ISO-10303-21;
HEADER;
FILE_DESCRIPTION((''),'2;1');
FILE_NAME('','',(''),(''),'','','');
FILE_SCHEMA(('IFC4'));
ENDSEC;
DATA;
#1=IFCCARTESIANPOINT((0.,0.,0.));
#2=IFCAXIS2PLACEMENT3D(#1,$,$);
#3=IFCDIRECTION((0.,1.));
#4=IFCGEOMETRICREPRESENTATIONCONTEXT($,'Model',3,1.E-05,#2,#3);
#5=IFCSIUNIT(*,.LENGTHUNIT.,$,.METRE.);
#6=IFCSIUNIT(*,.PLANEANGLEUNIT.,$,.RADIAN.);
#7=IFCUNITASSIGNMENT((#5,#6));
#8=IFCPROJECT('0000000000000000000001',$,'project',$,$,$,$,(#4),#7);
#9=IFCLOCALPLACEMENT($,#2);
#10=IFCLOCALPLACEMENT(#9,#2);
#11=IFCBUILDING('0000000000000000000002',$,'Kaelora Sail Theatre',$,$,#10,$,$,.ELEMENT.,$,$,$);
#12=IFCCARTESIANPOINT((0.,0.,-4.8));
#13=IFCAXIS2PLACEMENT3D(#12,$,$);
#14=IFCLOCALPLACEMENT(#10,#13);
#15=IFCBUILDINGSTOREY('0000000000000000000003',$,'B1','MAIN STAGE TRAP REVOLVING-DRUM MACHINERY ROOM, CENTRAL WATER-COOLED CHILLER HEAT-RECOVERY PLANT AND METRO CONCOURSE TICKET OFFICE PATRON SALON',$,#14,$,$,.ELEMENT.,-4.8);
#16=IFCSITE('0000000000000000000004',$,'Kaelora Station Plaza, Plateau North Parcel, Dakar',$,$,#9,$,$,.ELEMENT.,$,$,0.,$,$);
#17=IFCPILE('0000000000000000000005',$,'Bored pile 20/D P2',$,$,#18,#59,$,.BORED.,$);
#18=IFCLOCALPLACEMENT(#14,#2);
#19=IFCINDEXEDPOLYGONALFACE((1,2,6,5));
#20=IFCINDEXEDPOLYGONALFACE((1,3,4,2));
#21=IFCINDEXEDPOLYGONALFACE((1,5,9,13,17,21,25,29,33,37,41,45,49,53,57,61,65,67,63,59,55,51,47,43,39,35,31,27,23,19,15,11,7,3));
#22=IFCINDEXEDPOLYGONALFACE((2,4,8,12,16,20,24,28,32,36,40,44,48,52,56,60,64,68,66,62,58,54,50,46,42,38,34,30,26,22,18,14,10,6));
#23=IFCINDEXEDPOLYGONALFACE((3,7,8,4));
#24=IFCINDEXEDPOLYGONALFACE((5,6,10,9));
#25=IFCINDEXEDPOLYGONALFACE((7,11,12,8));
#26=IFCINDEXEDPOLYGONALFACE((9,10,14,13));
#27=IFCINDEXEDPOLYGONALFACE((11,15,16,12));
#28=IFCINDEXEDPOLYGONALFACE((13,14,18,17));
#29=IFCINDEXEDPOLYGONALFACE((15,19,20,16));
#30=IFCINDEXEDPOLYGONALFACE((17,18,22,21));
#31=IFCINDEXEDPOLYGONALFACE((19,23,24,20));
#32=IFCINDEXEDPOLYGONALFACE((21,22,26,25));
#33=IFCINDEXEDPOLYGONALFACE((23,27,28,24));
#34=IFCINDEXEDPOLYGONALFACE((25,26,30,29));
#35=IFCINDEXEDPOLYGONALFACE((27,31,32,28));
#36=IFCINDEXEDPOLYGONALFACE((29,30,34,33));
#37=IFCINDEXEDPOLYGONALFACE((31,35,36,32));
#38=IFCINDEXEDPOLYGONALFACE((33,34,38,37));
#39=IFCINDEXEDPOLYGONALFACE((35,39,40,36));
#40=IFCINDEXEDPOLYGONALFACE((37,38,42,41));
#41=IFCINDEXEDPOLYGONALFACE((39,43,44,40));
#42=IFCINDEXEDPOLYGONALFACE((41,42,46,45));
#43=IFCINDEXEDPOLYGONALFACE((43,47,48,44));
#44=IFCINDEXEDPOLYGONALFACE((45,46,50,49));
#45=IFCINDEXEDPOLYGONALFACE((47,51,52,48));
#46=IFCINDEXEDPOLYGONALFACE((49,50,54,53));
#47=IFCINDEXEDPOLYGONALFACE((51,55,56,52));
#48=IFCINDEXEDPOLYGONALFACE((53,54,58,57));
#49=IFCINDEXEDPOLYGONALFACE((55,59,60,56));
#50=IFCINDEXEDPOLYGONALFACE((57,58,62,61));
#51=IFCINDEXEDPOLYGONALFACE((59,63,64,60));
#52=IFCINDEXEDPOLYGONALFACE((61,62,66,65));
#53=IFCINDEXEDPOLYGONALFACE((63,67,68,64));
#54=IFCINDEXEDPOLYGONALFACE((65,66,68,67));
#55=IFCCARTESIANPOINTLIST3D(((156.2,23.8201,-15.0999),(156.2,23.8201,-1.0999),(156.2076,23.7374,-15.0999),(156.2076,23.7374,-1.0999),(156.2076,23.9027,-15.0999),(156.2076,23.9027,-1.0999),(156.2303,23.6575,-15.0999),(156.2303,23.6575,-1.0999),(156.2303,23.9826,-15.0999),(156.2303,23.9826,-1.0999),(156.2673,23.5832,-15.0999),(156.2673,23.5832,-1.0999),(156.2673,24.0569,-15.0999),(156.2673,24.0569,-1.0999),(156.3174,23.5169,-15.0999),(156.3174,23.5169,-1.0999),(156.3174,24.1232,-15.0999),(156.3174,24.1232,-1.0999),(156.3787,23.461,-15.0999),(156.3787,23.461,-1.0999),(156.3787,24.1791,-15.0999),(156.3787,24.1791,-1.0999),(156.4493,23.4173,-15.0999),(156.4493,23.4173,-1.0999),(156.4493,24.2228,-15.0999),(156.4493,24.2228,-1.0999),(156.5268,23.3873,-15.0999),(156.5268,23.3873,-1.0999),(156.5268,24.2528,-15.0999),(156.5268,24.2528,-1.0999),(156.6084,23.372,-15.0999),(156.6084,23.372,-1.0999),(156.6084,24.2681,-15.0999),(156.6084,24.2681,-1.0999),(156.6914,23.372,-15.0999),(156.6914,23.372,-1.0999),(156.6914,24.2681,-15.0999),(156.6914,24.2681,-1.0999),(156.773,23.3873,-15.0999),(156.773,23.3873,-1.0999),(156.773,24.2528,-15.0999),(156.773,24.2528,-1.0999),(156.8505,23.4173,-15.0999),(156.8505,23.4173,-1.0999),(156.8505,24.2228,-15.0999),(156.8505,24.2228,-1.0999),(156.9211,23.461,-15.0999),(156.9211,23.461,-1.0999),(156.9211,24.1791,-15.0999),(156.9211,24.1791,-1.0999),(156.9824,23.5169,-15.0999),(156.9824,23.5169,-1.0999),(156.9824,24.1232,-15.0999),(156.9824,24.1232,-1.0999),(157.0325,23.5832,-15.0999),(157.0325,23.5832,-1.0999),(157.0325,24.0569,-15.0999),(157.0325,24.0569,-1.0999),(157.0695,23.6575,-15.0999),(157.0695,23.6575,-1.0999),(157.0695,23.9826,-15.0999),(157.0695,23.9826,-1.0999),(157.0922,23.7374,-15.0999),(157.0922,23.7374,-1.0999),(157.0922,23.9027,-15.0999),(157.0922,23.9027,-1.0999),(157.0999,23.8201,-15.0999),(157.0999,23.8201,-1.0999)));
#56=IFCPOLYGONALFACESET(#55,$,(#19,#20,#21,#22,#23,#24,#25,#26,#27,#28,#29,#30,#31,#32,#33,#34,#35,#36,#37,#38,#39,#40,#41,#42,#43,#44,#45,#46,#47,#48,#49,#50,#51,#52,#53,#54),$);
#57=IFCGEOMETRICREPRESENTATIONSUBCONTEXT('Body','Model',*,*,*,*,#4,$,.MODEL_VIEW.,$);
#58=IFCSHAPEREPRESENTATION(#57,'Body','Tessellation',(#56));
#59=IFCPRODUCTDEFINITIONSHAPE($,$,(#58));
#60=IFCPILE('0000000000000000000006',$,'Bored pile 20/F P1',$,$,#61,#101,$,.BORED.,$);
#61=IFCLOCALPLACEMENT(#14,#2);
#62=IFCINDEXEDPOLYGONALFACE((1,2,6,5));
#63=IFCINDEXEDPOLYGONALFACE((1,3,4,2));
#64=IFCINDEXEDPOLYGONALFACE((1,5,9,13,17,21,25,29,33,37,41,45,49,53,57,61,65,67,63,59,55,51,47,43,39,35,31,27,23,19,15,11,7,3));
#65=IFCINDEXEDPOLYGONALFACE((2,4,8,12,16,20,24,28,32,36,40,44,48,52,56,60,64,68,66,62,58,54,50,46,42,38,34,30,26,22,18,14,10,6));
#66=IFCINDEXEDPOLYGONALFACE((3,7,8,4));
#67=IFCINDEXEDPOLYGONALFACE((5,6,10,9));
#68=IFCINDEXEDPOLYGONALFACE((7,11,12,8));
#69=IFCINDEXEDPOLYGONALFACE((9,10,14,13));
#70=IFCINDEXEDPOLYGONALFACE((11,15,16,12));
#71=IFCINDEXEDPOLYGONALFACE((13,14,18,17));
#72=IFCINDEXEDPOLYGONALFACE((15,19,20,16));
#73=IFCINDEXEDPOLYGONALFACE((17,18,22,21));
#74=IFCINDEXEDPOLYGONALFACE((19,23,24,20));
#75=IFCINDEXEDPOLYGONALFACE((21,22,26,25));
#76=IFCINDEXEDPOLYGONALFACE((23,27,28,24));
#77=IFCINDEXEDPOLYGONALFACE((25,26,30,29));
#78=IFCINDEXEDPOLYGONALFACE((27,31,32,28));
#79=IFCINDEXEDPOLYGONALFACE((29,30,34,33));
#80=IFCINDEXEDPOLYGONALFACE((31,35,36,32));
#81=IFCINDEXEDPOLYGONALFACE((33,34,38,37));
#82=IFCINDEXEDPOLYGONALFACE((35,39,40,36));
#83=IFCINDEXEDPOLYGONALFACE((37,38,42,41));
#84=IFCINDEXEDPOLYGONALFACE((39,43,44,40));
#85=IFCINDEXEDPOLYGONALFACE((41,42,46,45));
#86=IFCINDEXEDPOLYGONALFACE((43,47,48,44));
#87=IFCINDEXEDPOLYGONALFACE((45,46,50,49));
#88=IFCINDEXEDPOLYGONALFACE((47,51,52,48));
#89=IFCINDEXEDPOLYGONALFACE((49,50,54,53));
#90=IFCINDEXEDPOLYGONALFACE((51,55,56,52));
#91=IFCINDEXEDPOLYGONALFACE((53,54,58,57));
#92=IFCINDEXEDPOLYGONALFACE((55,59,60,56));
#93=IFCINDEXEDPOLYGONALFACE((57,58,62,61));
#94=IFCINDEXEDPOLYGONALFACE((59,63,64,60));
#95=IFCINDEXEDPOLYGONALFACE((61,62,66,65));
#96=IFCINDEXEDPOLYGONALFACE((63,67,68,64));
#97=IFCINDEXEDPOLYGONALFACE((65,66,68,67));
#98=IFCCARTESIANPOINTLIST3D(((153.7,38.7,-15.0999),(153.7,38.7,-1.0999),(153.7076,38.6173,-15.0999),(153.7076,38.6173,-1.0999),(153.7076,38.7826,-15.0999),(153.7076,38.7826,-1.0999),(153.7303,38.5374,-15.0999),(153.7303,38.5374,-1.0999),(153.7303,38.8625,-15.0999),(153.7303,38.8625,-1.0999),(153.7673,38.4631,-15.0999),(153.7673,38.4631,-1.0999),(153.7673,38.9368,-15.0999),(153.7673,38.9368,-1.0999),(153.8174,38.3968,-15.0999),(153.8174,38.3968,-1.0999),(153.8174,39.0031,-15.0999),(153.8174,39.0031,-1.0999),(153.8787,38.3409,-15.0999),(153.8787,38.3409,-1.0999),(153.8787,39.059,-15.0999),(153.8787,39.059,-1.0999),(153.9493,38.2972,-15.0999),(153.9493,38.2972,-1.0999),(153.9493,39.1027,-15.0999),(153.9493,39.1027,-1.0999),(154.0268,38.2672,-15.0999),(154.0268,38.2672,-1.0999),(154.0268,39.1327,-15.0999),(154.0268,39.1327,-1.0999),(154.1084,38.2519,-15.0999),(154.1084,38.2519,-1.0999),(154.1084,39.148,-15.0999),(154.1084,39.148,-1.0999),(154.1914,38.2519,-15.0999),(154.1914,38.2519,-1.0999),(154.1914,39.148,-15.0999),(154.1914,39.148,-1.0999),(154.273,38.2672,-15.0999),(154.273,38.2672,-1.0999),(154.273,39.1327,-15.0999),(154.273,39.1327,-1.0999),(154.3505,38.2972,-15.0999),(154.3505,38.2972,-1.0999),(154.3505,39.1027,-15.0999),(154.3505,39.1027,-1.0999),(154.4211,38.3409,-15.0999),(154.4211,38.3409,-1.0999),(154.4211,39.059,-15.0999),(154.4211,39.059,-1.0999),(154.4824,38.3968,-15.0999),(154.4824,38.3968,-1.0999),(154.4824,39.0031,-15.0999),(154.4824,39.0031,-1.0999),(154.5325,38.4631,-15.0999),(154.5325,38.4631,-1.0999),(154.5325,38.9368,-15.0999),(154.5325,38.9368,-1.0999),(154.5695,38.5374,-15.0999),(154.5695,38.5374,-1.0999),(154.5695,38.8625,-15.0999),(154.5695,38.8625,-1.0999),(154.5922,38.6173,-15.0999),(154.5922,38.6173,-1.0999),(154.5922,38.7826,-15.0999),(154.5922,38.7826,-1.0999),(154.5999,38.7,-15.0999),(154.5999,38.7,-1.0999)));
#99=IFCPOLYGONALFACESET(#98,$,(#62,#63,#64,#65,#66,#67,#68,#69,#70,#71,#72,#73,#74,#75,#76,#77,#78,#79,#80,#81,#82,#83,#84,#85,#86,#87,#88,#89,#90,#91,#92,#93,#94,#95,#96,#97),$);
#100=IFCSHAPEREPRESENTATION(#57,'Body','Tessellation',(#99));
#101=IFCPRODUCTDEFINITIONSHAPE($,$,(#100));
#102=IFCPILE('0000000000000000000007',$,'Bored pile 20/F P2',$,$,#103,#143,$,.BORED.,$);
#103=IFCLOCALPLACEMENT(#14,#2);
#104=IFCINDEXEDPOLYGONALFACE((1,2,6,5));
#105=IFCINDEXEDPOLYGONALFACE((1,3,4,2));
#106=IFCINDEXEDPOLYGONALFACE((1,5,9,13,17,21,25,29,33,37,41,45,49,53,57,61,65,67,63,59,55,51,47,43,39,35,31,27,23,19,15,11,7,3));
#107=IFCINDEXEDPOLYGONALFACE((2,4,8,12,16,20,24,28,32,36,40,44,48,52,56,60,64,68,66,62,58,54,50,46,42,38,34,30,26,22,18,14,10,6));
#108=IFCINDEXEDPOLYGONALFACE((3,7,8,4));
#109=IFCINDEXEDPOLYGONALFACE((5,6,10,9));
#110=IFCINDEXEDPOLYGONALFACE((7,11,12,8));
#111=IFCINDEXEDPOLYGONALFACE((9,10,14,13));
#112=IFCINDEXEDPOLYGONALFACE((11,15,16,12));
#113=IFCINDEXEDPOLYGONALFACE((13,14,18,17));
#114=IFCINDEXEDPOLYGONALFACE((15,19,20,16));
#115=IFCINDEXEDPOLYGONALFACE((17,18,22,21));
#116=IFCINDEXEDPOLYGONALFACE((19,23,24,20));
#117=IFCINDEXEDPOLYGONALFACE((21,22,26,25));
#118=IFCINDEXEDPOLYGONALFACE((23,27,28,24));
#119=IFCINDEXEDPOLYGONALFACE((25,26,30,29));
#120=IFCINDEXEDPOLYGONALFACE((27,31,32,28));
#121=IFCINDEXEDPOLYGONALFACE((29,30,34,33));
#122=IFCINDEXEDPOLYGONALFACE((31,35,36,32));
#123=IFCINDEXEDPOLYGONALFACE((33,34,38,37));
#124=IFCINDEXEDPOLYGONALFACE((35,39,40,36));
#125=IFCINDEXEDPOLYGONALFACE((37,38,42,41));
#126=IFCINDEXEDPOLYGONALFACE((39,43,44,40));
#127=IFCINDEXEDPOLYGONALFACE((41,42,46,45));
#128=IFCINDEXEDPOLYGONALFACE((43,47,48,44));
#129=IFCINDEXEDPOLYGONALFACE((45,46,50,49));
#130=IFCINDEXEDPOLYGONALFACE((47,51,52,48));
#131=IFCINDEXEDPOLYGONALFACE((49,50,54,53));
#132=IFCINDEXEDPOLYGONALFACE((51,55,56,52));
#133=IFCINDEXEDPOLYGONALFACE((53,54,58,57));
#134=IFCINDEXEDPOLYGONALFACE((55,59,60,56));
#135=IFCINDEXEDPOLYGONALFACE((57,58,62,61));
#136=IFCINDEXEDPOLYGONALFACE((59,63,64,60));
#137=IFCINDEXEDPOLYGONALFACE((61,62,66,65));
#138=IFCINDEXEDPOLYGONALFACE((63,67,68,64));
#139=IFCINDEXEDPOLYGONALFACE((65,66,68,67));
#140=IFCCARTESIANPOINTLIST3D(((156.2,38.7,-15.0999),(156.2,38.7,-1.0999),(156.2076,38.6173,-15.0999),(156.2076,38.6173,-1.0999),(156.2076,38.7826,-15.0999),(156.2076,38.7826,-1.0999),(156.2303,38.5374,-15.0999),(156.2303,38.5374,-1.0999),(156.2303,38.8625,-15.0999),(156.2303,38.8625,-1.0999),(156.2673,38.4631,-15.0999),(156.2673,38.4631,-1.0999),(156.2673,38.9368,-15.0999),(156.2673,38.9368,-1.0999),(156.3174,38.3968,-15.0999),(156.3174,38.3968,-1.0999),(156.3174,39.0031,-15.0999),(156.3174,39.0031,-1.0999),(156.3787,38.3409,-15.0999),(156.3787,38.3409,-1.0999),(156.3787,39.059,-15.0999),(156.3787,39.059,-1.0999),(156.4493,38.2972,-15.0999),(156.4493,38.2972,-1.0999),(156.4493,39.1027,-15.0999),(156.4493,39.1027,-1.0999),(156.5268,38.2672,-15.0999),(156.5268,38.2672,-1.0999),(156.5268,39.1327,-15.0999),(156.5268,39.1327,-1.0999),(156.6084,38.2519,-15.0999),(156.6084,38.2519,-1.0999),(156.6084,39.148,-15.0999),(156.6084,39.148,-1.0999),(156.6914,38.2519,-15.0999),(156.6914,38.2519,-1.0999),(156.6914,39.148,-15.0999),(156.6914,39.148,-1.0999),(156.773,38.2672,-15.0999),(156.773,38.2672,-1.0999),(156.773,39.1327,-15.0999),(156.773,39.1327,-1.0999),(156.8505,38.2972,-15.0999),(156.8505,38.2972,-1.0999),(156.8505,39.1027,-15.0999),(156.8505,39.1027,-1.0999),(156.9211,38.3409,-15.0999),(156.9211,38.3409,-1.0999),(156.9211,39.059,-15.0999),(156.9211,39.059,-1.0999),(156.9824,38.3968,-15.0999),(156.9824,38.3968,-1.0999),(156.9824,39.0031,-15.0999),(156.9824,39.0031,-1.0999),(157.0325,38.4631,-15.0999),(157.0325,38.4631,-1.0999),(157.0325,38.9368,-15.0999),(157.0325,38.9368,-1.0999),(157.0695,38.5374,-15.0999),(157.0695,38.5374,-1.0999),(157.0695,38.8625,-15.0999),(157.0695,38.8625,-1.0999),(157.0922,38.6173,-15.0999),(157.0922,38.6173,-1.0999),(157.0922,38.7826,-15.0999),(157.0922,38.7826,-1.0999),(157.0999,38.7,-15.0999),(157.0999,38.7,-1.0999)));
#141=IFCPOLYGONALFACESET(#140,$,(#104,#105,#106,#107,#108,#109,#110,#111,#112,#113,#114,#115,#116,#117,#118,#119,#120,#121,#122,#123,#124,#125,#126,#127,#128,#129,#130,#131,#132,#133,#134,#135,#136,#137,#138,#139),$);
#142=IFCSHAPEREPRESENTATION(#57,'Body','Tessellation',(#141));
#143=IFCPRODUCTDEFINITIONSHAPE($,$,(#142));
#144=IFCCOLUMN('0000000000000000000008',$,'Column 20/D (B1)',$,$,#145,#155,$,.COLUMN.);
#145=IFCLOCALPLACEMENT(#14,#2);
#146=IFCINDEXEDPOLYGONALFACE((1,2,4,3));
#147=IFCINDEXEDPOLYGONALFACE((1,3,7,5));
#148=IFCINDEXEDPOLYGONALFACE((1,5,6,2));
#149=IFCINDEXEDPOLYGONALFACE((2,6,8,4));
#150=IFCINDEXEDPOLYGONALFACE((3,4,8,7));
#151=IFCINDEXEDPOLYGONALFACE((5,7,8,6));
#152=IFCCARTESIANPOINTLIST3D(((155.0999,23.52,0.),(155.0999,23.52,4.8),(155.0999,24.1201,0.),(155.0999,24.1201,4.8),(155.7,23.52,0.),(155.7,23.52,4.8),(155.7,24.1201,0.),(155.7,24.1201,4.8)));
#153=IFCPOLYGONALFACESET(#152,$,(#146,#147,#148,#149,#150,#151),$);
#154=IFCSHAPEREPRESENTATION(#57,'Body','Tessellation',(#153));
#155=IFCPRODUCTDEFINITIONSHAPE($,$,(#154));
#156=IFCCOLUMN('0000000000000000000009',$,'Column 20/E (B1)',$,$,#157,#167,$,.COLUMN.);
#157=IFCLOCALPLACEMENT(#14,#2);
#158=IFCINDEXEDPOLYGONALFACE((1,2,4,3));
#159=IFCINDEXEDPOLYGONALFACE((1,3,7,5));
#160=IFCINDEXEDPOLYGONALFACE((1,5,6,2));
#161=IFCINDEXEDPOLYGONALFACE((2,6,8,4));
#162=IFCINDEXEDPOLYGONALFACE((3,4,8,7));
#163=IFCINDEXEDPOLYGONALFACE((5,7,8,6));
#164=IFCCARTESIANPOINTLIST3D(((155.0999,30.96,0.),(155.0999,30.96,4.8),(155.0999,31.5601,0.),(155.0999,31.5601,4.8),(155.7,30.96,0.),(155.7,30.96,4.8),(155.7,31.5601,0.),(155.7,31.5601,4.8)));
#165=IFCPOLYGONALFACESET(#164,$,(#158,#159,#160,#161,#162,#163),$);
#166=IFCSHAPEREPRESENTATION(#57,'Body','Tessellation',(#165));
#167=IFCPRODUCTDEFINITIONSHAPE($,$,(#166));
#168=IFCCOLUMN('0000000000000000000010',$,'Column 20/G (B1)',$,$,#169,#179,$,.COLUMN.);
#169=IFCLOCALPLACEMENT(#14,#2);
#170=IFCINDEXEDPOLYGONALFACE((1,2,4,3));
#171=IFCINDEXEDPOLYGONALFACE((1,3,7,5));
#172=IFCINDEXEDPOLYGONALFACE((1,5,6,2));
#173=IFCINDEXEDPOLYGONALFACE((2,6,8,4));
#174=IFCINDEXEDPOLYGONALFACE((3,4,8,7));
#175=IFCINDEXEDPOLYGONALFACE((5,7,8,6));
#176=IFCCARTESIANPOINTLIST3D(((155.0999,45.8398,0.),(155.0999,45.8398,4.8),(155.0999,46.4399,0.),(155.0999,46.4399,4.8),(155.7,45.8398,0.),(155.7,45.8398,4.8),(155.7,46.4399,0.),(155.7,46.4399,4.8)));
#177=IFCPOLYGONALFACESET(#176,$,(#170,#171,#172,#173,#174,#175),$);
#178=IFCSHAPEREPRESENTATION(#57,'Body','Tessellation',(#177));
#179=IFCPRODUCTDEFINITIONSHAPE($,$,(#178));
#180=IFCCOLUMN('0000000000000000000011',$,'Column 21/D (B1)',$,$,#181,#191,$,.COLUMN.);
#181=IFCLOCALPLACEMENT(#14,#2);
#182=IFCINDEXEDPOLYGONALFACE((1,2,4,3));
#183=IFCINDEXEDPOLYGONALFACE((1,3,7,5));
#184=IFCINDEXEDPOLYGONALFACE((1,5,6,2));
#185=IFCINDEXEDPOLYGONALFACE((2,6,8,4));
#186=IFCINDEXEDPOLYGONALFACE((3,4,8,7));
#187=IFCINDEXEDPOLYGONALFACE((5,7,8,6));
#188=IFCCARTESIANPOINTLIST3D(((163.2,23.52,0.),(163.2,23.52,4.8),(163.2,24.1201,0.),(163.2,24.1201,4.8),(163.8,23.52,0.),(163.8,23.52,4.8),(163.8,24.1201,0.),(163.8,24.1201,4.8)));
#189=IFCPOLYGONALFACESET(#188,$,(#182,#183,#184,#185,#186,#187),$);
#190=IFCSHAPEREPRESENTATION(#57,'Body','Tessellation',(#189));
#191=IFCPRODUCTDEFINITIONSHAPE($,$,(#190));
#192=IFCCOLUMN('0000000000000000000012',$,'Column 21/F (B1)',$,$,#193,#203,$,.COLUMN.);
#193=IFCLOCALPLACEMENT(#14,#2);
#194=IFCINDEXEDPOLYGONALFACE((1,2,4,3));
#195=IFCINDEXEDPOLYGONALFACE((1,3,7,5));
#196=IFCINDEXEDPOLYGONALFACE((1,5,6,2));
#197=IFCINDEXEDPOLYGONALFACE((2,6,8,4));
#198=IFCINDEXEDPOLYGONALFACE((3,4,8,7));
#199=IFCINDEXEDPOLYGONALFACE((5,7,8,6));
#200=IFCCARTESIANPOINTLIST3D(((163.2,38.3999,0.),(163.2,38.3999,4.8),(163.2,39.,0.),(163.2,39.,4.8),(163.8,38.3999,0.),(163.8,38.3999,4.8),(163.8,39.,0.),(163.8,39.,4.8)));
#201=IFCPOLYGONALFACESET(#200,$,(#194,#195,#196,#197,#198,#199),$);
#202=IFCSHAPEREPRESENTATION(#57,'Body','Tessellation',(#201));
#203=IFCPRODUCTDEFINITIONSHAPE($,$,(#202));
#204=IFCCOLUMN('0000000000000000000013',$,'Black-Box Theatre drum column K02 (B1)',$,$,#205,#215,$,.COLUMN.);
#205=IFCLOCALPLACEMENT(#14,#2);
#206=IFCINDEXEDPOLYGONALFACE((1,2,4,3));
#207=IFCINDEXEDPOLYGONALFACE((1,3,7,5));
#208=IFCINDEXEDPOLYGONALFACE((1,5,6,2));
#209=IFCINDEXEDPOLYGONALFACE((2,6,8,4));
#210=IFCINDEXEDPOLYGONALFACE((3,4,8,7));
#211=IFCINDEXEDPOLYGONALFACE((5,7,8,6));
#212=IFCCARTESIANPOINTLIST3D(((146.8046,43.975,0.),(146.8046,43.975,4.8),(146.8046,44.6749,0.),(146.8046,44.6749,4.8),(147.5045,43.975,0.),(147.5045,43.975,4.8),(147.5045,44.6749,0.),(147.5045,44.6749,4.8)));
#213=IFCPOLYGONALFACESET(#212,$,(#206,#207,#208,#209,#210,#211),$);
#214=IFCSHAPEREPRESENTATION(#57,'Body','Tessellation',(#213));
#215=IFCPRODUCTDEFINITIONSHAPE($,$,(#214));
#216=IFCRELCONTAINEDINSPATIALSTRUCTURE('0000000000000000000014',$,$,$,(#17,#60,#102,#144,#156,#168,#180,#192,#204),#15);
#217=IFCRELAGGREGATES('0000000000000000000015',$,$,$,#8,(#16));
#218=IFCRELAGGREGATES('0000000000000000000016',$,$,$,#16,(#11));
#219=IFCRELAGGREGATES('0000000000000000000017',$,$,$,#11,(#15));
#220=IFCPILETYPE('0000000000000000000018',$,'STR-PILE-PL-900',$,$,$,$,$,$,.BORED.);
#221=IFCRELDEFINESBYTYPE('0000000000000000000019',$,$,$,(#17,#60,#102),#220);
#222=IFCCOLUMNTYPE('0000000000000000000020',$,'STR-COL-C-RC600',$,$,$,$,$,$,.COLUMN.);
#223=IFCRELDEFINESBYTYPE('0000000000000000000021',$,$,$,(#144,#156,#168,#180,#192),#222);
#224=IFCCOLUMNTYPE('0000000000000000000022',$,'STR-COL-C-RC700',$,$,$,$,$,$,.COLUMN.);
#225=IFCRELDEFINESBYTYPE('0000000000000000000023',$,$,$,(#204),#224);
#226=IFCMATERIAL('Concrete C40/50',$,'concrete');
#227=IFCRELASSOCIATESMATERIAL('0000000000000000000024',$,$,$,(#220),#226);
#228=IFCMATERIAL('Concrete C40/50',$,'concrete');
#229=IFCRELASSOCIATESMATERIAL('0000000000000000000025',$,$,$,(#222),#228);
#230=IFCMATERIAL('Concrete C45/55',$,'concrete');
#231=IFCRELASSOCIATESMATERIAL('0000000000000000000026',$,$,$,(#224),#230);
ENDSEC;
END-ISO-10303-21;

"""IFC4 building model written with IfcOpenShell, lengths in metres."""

from ifc_helpers import new_model, si_unit, direction, frame, origin, origin_2d, place, context, subcontext, project, spatial, rectangle, circle, extrude, material, material_profile, profile_set, type_object, element, save


model = new_model("IFC4")

# Units and contexts
model_context = context("Model", 3, precision=1e-05, world=origin(), true_north=direction((0.0, 1.0)))
body_context = subcontext(model_context, "Body", "Model", "MODEL_VIEW")
ifc_project = project(units=[si_unit("LENGTHUNIT", "METRE"), si_unit("PLANEANGLEUNIT", "RADIAN")], contexts=[model_context])

# Site, building, storey
site_placement = place(None, origin())
site = spatial("IfcSite", under=ifc_project, at=site_placement, Name="Kaelora Station Plaza, Plateau North Parcel, Dakar", CompositionType="ELEMENT", RefElevation=0.0)
building_placement = place(site_placement, origin())
building = spatial("IfcBuilding", under=site, at=building_placement, Name="Kaelora Sail Theatre", CompositionType="ELEMENT")
storey_placement = place(building_placement, frame((0.0, 0.0, -4.8)))
storey = spatial("IfcBuildingStorey", under=building, at=storey_placement, Name="B1", Description="MAIN STAGE TRAP REVOLVING-DRUM MACHINERY ROOM, CENTRAL WATER-COOLED CHILLER HEAT-RECOVERY PLANT AND METRO CONCOURSE TICKET OFFICE PATRON SALON", CompositionType="ELEMENT", Elevation=-4.8)

# Piles
ifc_material_1 = material(Name="Concrete C40/50", Category="concrete")
ifc_material_profile_1 = material_profile(ifc_material_1, circle(Radius=0.45, at=origin_2d()), Name="PILE D900")
ifc_profile_set_1 = profile_set([ifc_material_profile_1], Name="Concrete C40/50")
pile_type = type_object("IfcPileType", Name="STR-PILE-PL-900", PredefinedType="BORED", material=ifc_profile_set_1)
for number, where, z_axis, x_axis, name in (
    (1, (156.6499, 23.8201, -1.0999), (0.0, 0.0, -1.0), (1.0, 0.0, 0.0), "Bored pile 20/D P2"),
    (2, (154.1499, 38.7, -1.0999), (0.0, 0.0, -1.0), (1.0, 0.0, 0.0), "Bored pile 20/F P1"),
    (3, (156.6499, 38.7, -1.0999), (0.0, 0.0, -1.0), (1.0, 0.0, 0.0), "Bored pile 20/F P2"),
):
    element("IfcPile", number, at=place(storey_placement, frame(where, z_axis=z_axis, x_axis=x_axis)), inside=storey, type_object=pile_type, Name=name, PredefinedType="BORED", context=body_context, shape_type="SweptSolid", body=[
        extrude(circle(Radius=0.45, at=origin_2d()), origin(), (0.0, 0.0, 1.0), 14.0),
    ])

# Columns
ifc_material_2 = material(Name="Concrete C40/50", Category="concrete")
ifc_material_profile_2 = material_profile(ifc_material_2, rectangle(XDim=0.6001, YDim=0.6001, at=origin_2d()), Name="RC-COL 600x600")
ifc_profile_set_2 = profile_set([ifc_material_profile_2], Name="Concrete C40/50")
column_type_1 = type_object("IfcColumnType", Name="STR-COL-C-RC600", PredefinedType="COLUMN", material=ifc_profile_set_2)
for number, where, z_axis, x_axis, name in (
    (4, (155.3999, 23.8201, 0.0), (0.0, 0.0, 1.0), (1.0, 0.0, 0.0), "Column 20/D (B1)"),
    (5, (155.3999, 31.26, 0.0), (0.0, 0.0, 1.0), (1.0, 0.0, 0.0), "Column 20/E (B1)"),
    (6, (155.3999, 46.1399, 0.0), (0.0, 0.0, 1.0), (1.0, 0.0, 0.0), "Column 20/G (B1)"),
    (7, (163.5, 23.8201, 0.0), (0.0, 0.0, 1.0), (1.0, 0.0, 0.0), "Column 21/D (B1)"),
    (8, (163.5, 38.7, 0.0), (0.0, 0.0, 1.0), (1.0, 0.0, 0.0), "Column 21/F (B1)"),
):
    element("IfcColumn", number, at=place(storey_placement, frame(where, z_axis=z_axis, x_axis=x_axis)), inside=storey, type_object=column_type_1, Name=name, PredefinedType="COLUMN", context=body_context, shape_type="SweptSolid", body=[
        extrude(rectangle(XDim=0.6001, YDim=0.6001, at=origin_2d()), origin(), (0.0, 0.0, 1.0), 4.8),
    ])
ifc_material_3 = material(Name="Concrete C45/55", Category="concrete")
ifc_material_profile_3 = material_profile(ifc_material_3, rectangle(XDim=0.7, YDim=0.7, at=origin_2d()), Name="RC-COL 700x700")
ifc_profile_set_3 = profile_set([ifc_material_profile_3], Name="Concrete C45/55")
column_type_2 = type_object("IfcColumnType", Name="STR-COL-C-RC700", PredefinedType="COLUMN", material=ifc_profile_set_3)
for number, where, z_axis, x_axis, name in (
    (9, (147.1545, 44.325, 0.0), (0.0, 0.0, 1.0), (1.0, 0.0, 0.0), "Black-Box Theatre drum column K02 (B1)"),
):
    element("IfcColumn", number, at=place(storey_placement, frame(where, z_axis=z_axis, x_axis=x_axis)), inside=storey, type_object=column_type_2, Name=name, PredefinedType="COLUMN", context=body_context, shape_type="SweptSolid", body=[
        extrude(rectangle(XDim=0.7, YDim=0.7, at=origin_2d()), origin(), (0.0, 0.0, 1.0), 4.8),
    ])

save(model, "model.ifc")
